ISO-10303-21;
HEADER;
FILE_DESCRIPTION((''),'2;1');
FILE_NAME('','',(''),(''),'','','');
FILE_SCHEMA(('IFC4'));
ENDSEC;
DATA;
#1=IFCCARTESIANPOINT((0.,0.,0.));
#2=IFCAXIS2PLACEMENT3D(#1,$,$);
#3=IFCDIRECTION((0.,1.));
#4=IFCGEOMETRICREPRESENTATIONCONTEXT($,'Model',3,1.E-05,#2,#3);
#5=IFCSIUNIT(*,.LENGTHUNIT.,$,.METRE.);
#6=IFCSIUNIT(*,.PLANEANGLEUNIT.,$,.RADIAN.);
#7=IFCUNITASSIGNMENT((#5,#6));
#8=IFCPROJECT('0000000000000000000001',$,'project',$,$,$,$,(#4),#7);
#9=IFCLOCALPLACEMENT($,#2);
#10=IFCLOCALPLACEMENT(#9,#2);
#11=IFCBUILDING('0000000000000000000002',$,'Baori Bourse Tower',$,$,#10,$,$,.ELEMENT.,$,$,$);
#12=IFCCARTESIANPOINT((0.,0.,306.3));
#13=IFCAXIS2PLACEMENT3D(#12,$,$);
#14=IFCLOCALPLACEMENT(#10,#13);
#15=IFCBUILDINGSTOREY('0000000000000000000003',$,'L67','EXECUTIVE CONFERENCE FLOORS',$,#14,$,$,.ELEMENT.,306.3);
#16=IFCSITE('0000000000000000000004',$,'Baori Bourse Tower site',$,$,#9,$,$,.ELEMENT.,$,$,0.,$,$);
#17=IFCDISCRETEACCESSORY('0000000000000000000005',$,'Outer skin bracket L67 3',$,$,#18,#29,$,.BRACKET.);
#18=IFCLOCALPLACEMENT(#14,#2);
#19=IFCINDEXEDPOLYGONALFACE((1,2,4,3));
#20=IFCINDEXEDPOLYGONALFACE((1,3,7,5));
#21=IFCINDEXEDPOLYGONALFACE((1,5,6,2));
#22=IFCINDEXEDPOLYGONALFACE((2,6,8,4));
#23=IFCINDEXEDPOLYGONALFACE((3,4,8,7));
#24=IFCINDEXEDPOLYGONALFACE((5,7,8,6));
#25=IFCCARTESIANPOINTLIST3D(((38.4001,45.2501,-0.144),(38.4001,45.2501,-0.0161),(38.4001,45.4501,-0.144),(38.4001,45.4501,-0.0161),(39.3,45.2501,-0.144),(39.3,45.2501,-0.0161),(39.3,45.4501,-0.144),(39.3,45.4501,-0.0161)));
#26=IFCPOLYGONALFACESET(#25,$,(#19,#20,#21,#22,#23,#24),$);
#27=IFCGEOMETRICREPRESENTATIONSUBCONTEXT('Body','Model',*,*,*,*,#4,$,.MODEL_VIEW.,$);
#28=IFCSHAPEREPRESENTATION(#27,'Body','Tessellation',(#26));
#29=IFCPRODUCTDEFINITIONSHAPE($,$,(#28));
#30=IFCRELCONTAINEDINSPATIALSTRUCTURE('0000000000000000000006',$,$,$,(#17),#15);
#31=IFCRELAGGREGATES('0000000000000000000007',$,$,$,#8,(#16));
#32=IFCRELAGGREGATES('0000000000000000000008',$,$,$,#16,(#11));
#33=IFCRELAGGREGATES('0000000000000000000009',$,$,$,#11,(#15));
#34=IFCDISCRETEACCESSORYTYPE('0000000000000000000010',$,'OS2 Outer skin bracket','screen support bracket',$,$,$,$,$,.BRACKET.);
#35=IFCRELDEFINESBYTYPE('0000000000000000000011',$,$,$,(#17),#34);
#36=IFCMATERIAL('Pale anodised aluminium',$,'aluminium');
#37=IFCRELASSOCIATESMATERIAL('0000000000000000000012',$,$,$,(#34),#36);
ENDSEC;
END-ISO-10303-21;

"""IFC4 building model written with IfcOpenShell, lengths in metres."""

from ifc_helpers import new_model, si_unit, direction, frame, origin, origin_2d, place, context, subcontext, project, spatial, rectangle, extrude, material, type_object, element, save


model = new_model("IFC4")

# Units and contexts
model_context = context("Model", 3, precision=1e-05, world=origin(), true_north=direction((0.0, 1.0)))
body_context = subcontext(model_context, "Body", "Model", "MODEL_VIEW")
ifc_project = project(units=[si_unit("LENGTHUNIT", "METRE"), si_unit("PLANEANGLEUNIT", "RADIAN")], contexts=[model_context])

# Site, building, storey
site_placement = place(None, origin())
site = spatial("IfcSite", under=ifc_project, at=site_placement, Name="Baori Bourse Tower site", CompositionType="ELEMENT", RefElevation=0.0)
building_placement = place(site_placement, origin())
building = spatial("IfcBuilding", under=site, at=building_placement, Name="Baori Bourse Tower", CompositionType="ELEMENT")
storey_placement = place(building_placement, frame((0.0, 0.0, 306.3)))
storey = spatial("IfcBuildingStorey", under=building, at=storey_placement, Name="L67", Description="EXECUTIVE CONFERENCE FLOORS", CompositionType="ELEMENT", Elevation=306.3)

# Discrete accessory
ifc_material_1 = material(Name="Pale anodised aluminium", Category="aluminium")
discrete_accessory_type = type_object("IfcDiscreteAccessoryType", Name="OS2 Outer skin bracket", Description="screen support bracket", PredefinedType="BRACKET", material=ifc_material_1)
for number, where, z_axis, x_axis, name in (
    (1, (38.8501, 45.3501, -0.144), (0.0, 0.0, 1.0), (0.0, 1.0, 0.0), "Outer skin bracket L67 3"),
):
    element("IfcDiscreteAccessory", number, at=place(storey_placement, frame(where, z_axis=z_axis, x_axis=x_axis)), inside=storey, type_object=discrete_accessory_type, Name=name, PredefinedType="BRACKET", context=body_context, shape_type="SweptSolid", body=[
        extrude(rectangle(XDim=0.2, YDim=0.8999, at=origin_2d()), origin(), (0.0, 0.0, 1.0), 0.1279),
    ])

save(model, "model.ifc")
